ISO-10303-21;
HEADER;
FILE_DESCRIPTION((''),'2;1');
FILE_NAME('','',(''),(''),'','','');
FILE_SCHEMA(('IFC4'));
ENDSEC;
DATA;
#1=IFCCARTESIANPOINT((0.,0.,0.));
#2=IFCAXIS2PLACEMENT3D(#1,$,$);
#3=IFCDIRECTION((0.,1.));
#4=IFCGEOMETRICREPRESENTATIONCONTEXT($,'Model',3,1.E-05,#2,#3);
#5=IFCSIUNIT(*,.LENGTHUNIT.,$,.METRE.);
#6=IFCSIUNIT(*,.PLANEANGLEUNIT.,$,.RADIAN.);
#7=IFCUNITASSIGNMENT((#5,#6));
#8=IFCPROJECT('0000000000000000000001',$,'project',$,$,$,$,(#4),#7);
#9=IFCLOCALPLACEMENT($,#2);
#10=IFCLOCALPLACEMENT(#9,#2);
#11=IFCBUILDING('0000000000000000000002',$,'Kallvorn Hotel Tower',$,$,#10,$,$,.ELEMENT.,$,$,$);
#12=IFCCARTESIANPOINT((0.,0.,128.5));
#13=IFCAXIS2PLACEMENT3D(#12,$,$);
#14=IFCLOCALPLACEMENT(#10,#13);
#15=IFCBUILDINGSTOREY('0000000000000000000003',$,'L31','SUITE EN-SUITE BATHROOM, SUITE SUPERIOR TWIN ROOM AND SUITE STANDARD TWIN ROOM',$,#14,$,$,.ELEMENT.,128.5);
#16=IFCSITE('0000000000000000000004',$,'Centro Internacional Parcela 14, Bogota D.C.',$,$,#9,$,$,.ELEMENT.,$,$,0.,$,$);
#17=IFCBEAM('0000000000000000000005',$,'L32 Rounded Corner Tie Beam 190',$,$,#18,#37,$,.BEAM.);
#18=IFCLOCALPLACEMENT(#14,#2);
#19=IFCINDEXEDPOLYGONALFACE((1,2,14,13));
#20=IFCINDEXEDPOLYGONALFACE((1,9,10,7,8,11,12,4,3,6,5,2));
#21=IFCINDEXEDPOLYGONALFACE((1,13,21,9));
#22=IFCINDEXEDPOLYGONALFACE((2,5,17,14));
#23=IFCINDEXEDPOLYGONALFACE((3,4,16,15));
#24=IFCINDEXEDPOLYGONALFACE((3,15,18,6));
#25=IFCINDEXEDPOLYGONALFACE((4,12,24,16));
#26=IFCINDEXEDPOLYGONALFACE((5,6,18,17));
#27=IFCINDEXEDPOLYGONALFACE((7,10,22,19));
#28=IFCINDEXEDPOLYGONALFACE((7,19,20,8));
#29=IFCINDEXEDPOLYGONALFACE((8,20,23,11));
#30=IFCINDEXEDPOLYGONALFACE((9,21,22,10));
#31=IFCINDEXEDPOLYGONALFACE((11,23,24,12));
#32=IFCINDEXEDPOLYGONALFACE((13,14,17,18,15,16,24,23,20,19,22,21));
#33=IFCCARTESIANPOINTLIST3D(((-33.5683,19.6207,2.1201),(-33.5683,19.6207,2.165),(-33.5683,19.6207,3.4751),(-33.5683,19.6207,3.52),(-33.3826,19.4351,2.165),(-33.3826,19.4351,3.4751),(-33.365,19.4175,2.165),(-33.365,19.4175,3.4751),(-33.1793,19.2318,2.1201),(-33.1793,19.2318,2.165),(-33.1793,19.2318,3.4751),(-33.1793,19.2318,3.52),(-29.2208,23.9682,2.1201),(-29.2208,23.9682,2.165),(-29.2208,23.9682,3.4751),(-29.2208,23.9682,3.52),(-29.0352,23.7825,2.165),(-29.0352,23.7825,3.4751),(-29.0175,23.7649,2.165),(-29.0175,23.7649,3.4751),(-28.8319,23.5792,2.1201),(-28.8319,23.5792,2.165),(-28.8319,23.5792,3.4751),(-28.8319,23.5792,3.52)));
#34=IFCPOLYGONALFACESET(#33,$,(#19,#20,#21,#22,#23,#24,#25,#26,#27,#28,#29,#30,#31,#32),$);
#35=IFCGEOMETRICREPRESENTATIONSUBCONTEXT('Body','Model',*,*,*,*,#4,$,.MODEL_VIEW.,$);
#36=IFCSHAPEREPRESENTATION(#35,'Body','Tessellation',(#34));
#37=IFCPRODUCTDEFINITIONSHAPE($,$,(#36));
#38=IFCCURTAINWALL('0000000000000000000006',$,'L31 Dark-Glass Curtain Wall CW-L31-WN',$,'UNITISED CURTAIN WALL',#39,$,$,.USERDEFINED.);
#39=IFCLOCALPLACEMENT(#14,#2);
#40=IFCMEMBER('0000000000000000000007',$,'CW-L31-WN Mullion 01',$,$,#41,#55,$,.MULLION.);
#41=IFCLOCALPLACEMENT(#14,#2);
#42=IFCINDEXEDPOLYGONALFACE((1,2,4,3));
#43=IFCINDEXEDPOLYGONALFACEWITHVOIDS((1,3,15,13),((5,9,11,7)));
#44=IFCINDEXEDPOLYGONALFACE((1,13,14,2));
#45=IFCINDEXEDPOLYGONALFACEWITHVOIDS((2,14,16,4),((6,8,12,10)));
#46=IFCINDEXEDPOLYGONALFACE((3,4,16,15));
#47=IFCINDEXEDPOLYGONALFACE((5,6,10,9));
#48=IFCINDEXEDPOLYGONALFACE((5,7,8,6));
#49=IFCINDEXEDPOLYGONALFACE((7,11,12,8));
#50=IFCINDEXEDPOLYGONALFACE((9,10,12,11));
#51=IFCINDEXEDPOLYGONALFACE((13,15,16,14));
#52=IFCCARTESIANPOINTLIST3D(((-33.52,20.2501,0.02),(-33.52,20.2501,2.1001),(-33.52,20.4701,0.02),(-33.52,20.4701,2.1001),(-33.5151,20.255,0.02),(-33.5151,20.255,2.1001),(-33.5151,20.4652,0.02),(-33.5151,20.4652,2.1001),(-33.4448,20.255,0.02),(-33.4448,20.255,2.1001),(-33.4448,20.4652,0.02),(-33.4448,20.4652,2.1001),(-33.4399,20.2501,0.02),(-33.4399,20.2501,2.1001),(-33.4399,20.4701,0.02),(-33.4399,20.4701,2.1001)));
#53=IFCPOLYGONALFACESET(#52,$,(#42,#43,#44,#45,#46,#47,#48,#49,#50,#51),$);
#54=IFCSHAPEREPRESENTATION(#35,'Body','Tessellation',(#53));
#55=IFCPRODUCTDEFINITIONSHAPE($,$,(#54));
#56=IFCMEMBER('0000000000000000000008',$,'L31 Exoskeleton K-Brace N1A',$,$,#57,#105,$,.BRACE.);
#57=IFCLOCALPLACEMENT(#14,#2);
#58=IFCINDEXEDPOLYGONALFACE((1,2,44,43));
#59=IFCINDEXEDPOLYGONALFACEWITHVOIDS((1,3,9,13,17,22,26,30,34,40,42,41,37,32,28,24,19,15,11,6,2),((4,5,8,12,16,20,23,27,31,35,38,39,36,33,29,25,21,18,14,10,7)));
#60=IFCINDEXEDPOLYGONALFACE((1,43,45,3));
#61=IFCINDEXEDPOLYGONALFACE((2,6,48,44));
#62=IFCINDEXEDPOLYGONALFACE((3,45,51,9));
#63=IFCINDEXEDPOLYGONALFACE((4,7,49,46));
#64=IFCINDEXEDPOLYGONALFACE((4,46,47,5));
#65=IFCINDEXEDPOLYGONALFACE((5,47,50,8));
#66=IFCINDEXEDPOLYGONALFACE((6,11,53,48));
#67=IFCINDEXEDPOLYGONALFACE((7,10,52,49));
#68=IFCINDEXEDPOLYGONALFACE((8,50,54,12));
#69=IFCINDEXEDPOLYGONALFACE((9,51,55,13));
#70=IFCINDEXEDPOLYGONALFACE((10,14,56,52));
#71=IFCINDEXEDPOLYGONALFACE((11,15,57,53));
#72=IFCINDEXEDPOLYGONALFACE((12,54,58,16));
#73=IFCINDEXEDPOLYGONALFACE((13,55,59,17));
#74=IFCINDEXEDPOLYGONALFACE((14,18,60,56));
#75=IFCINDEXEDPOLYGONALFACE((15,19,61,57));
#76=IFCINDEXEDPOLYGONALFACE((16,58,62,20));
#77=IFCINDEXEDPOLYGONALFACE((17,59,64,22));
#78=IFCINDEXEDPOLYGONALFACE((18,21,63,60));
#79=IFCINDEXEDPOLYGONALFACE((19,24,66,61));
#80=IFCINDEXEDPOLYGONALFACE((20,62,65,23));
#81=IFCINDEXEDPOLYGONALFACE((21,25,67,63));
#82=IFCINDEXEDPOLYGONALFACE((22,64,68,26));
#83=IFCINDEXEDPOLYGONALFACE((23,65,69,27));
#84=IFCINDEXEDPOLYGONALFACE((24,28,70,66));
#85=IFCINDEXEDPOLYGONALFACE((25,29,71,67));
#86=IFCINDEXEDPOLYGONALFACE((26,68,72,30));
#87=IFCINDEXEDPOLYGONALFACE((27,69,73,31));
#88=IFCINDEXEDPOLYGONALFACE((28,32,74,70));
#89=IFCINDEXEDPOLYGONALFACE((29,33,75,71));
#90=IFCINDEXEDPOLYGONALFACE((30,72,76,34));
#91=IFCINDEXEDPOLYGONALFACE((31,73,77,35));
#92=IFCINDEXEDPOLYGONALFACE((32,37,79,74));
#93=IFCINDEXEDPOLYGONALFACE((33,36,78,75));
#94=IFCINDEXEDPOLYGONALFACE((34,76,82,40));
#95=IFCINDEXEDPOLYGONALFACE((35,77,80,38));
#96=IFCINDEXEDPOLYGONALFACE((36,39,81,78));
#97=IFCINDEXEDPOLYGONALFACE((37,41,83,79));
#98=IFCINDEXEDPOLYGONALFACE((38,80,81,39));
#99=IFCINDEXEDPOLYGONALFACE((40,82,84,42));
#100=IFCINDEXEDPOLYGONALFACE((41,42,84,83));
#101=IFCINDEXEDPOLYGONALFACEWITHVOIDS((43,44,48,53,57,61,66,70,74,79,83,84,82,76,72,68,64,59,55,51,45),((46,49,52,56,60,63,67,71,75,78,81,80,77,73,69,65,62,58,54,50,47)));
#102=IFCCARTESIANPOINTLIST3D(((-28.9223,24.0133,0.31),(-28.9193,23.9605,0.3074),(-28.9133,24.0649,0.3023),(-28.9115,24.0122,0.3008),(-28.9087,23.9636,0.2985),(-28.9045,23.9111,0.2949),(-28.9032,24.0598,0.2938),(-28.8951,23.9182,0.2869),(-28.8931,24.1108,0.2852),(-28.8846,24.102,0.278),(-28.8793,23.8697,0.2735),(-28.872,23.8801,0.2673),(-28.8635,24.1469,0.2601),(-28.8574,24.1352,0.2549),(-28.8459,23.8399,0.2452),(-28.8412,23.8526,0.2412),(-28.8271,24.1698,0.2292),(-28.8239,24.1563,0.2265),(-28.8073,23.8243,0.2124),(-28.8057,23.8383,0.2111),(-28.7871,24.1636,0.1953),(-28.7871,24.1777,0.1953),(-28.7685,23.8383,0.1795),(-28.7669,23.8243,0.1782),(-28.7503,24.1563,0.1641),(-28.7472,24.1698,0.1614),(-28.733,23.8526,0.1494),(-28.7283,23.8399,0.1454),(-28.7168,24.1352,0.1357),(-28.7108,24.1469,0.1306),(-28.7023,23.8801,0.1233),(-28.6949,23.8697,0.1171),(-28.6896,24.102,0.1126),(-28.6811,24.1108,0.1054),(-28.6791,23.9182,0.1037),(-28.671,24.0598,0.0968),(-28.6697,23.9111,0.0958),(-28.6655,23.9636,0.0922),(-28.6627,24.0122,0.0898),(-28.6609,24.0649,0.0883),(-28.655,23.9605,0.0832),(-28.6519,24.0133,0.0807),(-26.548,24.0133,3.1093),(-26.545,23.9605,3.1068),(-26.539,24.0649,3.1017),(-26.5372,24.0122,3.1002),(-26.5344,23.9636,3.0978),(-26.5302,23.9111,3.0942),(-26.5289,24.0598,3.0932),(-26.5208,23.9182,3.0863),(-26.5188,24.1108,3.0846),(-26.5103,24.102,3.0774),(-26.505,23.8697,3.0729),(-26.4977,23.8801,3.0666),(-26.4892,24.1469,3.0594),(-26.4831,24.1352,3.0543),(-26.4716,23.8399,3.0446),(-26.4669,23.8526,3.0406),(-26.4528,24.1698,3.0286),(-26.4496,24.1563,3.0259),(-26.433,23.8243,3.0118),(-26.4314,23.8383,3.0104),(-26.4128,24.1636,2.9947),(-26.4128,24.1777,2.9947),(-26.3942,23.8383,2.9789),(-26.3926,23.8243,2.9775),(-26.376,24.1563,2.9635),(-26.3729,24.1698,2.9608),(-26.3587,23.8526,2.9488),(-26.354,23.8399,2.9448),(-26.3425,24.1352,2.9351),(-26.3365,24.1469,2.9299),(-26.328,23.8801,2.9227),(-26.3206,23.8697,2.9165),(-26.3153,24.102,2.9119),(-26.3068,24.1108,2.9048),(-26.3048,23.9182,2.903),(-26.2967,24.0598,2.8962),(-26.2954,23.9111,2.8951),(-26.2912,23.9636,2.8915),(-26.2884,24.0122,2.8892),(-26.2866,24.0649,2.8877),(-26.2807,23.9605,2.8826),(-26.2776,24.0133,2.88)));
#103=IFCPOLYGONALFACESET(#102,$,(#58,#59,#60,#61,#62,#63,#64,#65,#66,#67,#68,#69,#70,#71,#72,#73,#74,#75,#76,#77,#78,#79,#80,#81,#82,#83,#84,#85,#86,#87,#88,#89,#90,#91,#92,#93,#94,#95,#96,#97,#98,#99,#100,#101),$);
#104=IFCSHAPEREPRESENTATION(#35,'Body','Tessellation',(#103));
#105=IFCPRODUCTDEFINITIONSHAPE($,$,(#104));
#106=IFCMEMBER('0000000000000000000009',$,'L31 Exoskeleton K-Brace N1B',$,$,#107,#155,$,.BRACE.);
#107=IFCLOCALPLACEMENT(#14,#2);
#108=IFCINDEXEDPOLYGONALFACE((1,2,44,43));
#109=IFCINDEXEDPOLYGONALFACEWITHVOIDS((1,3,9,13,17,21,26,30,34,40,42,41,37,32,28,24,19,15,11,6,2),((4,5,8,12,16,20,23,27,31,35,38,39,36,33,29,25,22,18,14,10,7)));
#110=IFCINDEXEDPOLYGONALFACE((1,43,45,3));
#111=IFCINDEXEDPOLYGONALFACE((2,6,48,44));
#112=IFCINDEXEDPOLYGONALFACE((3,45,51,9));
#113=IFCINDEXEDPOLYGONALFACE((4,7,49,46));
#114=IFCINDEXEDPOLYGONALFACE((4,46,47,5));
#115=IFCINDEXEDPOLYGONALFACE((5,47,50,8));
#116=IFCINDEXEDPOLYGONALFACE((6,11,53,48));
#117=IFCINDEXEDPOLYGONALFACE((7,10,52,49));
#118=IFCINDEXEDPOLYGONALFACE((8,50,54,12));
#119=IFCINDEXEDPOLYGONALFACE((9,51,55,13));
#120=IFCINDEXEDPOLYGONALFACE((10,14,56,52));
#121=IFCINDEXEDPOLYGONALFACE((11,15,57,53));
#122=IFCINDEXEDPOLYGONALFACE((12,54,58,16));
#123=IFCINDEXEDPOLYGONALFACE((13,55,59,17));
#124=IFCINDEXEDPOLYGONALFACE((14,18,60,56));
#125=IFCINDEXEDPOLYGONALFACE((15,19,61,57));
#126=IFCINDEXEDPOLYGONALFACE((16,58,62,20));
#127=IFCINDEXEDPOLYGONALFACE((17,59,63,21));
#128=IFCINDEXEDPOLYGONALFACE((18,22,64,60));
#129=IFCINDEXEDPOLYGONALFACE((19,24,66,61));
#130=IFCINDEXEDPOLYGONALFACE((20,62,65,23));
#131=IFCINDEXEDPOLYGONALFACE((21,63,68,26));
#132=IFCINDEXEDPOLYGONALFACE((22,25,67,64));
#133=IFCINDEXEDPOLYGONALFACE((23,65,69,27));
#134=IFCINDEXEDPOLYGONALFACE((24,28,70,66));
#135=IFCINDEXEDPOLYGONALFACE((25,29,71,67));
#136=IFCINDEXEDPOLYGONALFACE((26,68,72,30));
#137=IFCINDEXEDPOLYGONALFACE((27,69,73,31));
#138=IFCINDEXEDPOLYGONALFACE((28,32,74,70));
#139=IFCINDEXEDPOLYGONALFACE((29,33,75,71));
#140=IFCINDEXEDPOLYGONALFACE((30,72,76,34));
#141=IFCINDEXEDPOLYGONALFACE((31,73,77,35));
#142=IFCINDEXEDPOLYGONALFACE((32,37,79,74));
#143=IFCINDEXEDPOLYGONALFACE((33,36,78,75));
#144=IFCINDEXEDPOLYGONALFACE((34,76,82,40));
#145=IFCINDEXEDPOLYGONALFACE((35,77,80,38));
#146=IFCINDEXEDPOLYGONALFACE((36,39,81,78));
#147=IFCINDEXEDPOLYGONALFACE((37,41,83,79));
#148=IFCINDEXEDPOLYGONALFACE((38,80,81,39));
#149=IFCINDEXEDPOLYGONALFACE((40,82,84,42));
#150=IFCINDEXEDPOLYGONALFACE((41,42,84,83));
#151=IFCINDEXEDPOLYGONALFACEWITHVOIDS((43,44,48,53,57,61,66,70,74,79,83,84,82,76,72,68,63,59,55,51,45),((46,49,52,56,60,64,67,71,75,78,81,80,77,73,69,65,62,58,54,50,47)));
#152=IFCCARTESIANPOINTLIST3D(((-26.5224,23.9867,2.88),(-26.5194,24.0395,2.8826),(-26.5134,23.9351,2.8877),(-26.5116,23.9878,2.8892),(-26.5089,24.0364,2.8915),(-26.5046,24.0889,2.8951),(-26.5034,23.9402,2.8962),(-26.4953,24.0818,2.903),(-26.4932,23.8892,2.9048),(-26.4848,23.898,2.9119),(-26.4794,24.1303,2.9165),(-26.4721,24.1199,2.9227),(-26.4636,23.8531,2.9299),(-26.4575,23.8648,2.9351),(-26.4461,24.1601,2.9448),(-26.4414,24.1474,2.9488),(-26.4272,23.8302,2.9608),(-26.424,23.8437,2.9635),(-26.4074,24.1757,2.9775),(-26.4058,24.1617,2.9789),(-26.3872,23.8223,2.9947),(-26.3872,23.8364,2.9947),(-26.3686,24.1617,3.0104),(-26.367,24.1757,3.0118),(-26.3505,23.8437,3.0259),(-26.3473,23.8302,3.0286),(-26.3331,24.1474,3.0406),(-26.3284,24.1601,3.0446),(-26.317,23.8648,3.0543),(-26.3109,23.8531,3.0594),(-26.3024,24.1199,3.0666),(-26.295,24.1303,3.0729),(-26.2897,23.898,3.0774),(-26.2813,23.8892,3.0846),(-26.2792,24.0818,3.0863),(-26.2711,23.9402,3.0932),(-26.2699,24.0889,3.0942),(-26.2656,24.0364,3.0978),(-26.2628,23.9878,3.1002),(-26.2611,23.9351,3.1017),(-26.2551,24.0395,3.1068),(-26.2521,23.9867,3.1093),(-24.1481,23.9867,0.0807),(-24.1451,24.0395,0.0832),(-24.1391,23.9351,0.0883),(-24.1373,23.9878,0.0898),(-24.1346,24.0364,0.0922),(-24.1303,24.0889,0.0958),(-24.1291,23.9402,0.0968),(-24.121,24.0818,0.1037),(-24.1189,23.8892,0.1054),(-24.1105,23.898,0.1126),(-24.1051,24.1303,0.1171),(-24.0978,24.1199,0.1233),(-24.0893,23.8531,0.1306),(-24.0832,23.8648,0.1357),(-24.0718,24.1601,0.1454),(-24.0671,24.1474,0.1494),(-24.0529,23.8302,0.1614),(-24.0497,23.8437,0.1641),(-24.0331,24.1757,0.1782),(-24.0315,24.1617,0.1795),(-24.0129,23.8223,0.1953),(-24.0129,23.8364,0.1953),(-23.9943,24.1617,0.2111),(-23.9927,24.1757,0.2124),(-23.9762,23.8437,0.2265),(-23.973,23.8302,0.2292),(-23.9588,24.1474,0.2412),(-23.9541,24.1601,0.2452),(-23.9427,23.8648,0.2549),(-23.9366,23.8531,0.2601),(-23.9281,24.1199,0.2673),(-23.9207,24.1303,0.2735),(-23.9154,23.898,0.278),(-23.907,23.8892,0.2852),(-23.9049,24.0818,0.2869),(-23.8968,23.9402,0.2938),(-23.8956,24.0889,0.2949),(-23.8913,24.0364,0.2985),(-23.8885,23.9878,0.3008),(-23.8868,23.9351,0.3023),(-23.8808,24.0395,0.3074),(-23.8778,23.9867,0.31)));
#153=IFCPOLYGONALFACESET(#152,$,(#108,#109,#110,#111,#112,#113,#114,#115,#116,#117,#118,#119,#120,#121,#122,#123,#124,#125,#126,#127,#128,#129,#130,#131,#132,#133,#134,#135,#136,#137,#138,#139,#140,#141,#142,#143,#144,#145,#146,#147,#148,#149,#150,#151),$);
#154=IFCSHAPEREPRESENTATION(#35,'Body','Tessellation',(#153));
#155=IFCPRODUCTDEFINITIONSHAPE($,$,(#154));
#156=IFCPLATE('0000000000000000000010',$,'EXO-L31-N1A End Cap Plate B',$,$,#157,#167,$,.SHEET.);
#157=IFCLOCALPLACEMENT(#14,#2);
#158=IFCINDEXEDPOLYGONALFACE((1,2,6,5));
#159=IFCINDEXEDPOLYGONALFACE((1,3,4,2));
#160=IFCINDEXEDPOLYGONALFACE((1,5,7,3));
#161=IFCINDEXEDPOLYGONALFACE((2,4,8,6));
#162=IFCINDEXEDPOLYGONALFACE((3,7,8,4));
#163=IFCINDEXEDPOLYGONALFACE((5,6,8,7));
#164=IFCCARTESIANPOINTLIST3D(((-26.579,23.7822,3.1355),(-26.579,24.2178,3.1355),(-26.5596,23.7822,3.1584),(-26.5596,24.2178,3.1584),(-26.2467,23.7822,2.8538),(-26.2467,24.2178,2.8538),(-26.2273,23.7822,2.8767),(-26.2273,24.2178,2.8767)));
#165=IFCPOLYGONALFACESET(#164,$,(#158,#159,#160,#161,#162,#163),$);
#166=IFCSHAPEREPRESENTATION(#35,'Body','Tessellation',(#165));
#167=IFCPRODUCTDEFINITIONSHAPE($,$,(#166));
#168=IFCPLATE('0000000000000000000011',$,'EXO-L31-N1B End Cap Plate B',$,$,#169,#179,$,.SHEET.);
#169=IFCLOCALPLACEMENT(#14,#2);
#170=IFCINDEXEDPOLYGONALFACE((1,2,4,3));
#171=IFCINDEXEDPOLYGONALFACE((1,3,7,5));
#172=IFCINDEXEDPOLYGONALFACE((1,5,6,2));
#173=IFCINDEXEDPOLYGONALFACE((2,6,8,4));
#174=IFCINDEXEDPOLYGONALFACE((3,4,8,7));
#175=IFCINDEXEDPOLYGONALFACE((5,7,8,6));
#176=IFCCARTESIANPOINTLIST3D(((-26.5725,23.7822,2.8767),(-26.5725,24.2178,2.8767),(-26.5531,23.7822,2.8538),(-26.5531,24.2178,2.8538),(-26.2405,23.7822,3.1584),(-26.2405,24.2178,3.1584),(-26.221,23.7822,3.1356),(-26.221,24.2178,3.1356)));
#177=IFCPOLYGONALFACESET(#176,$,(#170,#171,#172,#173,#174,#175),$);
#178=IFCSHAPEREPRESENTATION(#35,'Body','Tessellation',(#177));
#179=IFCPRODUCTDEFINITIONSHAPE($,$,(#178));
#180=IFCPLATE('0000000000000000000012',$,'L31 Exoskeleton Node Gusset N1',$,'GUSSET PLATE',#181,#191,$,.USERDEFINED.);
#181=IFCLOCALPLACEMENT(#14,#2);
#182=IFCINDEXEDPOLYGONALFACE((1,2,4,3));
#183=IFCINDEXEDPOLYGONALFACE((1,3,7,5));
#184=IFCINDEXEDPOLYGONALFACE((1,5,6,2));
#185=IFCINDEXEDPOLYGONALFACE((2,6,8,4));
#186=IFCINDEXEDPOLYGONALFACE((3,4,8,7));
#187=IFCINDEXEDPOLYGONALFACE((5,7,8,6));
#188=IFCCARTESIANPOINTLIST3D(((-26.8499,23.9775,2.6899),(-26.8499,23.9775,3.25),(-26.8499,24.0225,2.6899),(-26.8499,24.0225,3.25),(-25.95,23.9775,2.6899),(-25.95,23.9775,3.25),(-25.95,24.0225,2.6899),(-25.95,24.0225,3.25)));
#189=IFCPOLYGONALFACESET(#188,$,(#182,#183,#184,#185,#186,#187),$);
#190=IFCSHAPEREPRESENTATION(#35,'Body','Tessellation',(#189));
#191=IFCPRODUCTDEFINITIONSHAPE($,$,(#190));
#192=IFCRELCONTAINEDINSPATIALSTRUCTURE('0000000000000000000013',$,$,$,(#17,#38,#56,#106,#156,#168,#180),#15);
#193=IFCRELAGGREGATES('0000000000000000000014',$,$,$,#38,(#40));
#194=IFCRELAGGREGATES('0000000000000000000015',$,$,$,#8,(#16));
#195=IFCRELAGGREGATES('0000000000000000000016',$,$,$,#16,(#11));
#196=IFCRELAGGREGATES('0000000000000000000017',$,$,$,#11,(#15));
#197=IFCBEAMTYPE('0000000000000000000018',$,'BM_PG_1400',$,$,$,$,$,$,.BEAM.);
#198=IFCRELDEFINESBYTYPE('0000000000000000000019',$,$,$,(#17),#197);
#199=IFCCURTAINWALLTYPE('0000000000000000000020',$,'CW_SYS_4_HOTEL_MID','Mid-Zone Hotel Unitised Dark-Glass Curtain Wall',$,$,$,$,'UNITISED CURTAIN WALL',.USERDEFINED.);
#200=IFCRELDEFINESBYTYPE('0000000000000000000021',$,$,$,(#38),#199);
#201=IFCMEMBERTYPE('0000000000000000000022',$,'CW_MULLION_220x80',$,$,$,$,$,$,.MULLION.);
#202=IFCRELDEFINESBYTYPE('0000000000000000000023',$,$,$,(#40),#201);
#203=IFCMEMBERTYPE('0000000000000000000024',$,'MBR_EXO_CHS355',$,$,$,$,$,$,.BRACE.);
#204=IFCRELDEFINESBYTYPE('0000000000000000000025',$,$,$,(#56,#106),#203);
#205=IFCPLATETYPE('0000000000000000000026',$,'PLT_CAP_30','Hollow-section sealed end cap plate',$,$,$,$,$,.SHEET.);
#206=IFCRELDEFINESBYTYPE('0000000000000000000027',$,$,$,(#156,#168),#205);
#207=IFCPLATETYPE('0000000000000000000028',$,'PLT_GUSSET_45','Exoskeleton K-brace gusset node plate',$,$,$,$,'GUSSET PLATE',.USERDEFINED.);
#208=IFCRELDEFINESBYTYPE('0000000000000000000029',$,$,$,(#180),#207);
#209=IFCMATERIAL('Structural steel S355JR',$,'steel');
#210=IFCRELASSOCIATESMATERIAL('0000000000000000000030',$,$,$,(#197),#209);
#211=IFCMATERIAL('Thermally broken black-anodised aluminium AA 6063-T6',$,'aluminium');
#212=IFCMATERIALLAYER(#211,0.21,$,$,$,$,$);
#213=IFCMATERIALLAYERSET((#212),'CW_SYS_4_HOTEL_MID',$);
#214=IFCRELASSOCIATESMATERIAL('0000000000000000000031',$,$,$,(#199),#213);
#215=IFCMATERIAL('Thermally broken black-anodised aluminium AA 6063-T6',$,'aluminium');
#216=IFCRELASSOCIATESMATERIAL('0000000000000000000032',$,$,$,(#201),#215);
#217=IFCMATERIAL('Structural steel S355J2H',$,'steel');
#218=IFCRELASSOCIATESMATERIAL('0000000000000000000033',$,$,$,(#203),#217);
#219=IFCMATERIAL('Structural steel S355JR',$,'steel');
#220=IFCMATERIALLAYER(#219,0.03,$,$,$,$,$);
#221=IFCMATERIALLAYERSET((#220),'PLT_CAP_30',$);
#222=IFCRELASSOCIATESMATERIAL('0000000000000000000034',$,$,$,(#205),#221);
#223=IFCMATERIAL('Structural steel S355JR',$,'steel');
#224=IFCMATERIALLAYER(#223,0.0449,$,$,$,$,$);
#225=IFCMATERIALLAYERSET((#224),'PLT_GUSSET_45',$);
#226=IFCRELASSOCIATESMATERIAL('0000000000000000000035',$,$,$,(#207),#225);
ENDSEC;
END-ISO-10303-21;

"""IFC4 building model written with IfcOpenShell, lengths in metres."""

from ifc_helpers import new_model, si_unit, direction, frame, origin, origin_2d, place, context, subcontext, project, spatial, polyline, rectangle, hollow_rectangle, hollow_circle, i_section, outline, extrude, material, layer, layer_set, material_profile, profile_set, type_object, element, aggregate, save


model = new_model("IFC4")

# Units and contexts
model_context = context("Model", 3, precision=1e-05, world=origin(), true_north=direction((0.0, 1.0)))
body_context = subcontext(model_context, "Body", "Model", "MODEL_VIEW")
ifc_project = project(units=[si_unit("LENGTHUNIT", "METRE"), si_unit("PLANEANGLEUNIT", "RADIAN")], contexts=[model_context])

# Site, building, storey
site_placement = place(None, origin())
site = spatial("IfcSite", under=ifc_project, at=site_placement, Name="Centro Internacional Parcela 14, Bogota D.C.", CompositionType="ELEMENT", RefElevation=0.0)
building_placement = place(site_placement, origin())
building = spatial("IfcBuilding", under=site, at=building_placement, Name="Kallvorn Hotel Tower", CompositionType="ELEMENT")
storey_placement = place(building_placement, frame((0.0, 0.0, 128.5)))
storey = spatial("IfcBuildingStorey", under=building, at=storey_placement, Name="L31", Description="SUITE EN-SUITE BATHROOM, SUITE SUPERIOR TWIN ROOM AND SUITE STANDARD TWIN ROOM", CompositionType="ELEMENT", Elevation=128.5)

# Beam
ifc_material_1 = material(Name="Structural steel S355JR", Category="steel")
ifc_material_profile_1 = material_profile(ifc_material_1, i_section(OverallWidth=0.55, OverallDepth=1.3999, WebThickness=0.0249, FlangeThickness=0.0449, at=origin_2d()), Name="PG 1400x550x25x45")
ifc_profile_set_1 = profile_set([ifc_material_profile_1], Name="Structural steel S355JR")
beam_type_1 = type_object("IfcBeamType", Name="BM_PG_1400", PredefinedType="BEAM", material=ifc_profile_set_1)
beam_1_placement = place(storey_placement, frame((-33.3738, 19.4263, 2.8201), z_axis=(0.707107, 0.707107, 0.0), x_axis=(-0.707107, 0.707107, 0.0)))
element("IfcBeam", 1, at=beam_1_placement, inside=storey, type_object=beam_type_1, Name="L32 Rounded Corner Tie Beam 190", PredefinedType="BEAM", context=body_context, shape_type="SweptSolid", body=[
    extrude(i_section(OverallWidth=0.55, OverallDepth=1.3999, WebThickness=0.0249, FlangeThickness=0.0449, at=origin_2d()), origin(), (0.0, 0.0, 1.0), 6.1482),
])

# Curtain wall, member
ifc_material_2 = material(Name="Thermally broken black-anodised aluminium AA 6063-T6", Category="aluminium")
ifc_layer_1 = layer(ifc_material_2, 0.21)
ifc_layer_set_1 = layer_set([ifc_layer_1], Name="CW_SYS_4_HOTEL_MID")
curtain_wall_type = type_object("IfcCurtainWallType", Name="CW_SYS_4_HOTEL_MID", Description="Mid-Zone Hotel Unitised Dark-Glass Curtain Wall", ElementType="UNITISED CURTAIN WALL", PredefinedType="USERDEFINED", material=ifc_layer_set_1)
curtain_wall_placement = place(storey_placement, origin())
curtain_wall = element("IfcCurtainWall", 2, at=curtain_wall_placement, inside=storey, type_object=curtain_wall_type, Name="L31 Dark-Glass Curtain Wall CW-L31-WN", ObjectType="UNITISED CURTAIN WALL", PredefinedType="USERDEFINED")
ifc_material_3 = material(Name="Thermally broken black-anodised aluminium AA 6063-T6", Category="aluminium")
ifc_material_profile_2 = material_profile(ifc_material_3, hollow_rectangle(XDim=0.0801, YDim=0.22, WallThickness=0.0049, at=origin_2d()), Name="MUL 220x80")
ifc_profile_set_2 = profile_set([ifc_material_profile_2], Name="Thermally broken black-anodised aluminium AA 6063-T6")
member_type_1 = type_object("IfcMemberType", Name="CW_MULLION_220x80", PredefinedType="MULLION", material=ifc_profile_set_2)
member_placement = place(storey_placement, frame((-33.48, 20.3601, 0.02), z_axis=(0.0, 0.0, 1.0), x_axis=(1.0, 0.0, 0.0)))
member = element("IfcMember", 3, at=member_placement, type_object=member_type_1, Name="CW-L31-WN Mullion 01", PredefinedType="MULLION", context=body_context, shape_type="SweptSolid", body=[
    extrude(hollow_rectangle(XDim=0.0801, YDim=0.22, WallThickness=0.0049, at=origin_2d()), origin(), (0.0, 0.0, 1.0), 2.0801),
])
aggregate(curtain_wall, [member])

# Members
ifc_material_4 = material(Name="Structural steel S355J2H", Category="steel")
ifc_material_profile_3 = material_profile(ifc_material_4, hollow_circle(Radius=0.1777, WallThickness=0.0142, at=origin_2d()), Name="CHS 355.6x14.2")
ifc_profile_set_3 = profile_set([ifc_material_profile_3], Name="Structural steel S355J2H")
member_type_2 = type_object("IfcMemberType", Name="MBR_EXO_CHS355", PredefinedType="BRACE", material=ifc_profile_set_3)
for number, where, z_axis, x_axis, name in (
    (4, (-28.7871, 24.0, 0.1953), (0.646833, 0.0, 0.762631), (0.0, 1.0, 0.0), "L31 Exoskeleton K-Brace N1A"),
    (5, (-24.0129, 24.0, 0.1953), (-0.646833, 0.0, 0.762631), (0.0, -1.0, 0.0), "L31 Exoskeleton K-Brace N1B"),
):
    element("IfcMember", number, at=place(storey_placement, frame(where, z_axis=z_axis, x_axis=x_axis)), inside=storey, type_object=member_type_2, Name=name, PredefinedType="BRACE", context=body_context, shape_type="SweptSolid", body=[
        extrude(hollow_circle(Radius=0.1777, WallThickness=0.0142, at=origin_2d()), origin(), (0.0, 0.0, 1.0), 3.6707),
    ])

# Plates
ifc_material_5 = material(Name="Structural steel S355JR", Category="steel")
ifc_layer_2 = layer(ifc_material_5, 0.03)
ifc_layer_set_2 = layer_set([ifc_layer_2], Name="PLT_CAP_30")
plate_type_1 = type_object("IfcPlateType", Name="PLT_CAP_30", Description="Hollow-section sealed end cap plate", PredefinedType="SHEET", material=ifc_layer_set_2)
plate_1_placement = place(storey_placement, frame((-26.2273, 23.7822, 2.8767), z_axis=(0.646721, 0.0, 0.762727), x_axis=(0.0, 1.0, 0.0)))
element("IfcPlate", 6, at=plate_1_placement, inside=storey, type_object=plate_type_1, Name="EXO-L31-N1A End Cap Plate B", PredefinedType="SHEET", context=body_context, shape_type="SweptSolid", body=[
    extrude(outline(polyline([(0.0, 0.0), (0.4355, 0.0), (0.4355, 0.4356), (0.0, 0.4356), (0.0, 0.0)])), origin(), (0.0, 0.0, -1.0), 0.03),
])
plate_2_placement = place(storey_placement, frame((-26.5725, 24.2178, 2.8767), z_axis=(-0.646997, 0.0, 0.762492), x_axis=(0.0, -1.0, 0.0)))
element("IfcPlate", 7, at=plate_2_placement, inside=storey, type_object=plate_type_1, Name="EXO-L31-N1B End Cap Plate B", PredefinedType="SHEET", context=body_context, shape_type="SweptSolid", body=[
    extrude(outline(polyline([(0.0, 0.0), (0.4355, 0.0), (0.4355, 0.4355), (0.0, 0.4355), (0.0, 0.0)])), origin(), (0.0, 0.0, -1.0), 0.03),
])
ifc_material_6 = material(Name="Structural steel S355JR", Category="steel")
ifc_layer_3 = layer(ifc_material_6, 0.0449)
ifc_layer_set_3 = layer_set([ifc_layer_3], Name="PLT_GUSSET_45")
plate_type_2 = type_object("IfcPlateType", Name="PLT_GUSSET_45", Description="Exoskeleton K-brace gusset node plate", ElementType="GUSSET PLATE", PredefinedType="USERDEFINED", material=ifc_layer_set_3)
plate_3_placement = place(storey_placement, frame((-26.3999, 24.0, 2.6899), z_axis=(0.0, 0.0, 1.0), x_axis=(1.0, 0.0, 0.0)))
element("IfcPlate", 8, at=plate_3_placement, inside=storey, type_object=plate_type_2, Name="L31 Exoskeleton Node Gusset N1", ObjectType="GUSSET PLATE", PredefinedType="USERDEFINED", context=body_context, shape_type="SweptSolid", body=[
    extrude(rectangle(XDim=0.8999, YDim=0.0449, at=origin_2d()), origin(), (0.0, 0.0, 1.0), 0.5601),
])

save(model, "model.ifc")
